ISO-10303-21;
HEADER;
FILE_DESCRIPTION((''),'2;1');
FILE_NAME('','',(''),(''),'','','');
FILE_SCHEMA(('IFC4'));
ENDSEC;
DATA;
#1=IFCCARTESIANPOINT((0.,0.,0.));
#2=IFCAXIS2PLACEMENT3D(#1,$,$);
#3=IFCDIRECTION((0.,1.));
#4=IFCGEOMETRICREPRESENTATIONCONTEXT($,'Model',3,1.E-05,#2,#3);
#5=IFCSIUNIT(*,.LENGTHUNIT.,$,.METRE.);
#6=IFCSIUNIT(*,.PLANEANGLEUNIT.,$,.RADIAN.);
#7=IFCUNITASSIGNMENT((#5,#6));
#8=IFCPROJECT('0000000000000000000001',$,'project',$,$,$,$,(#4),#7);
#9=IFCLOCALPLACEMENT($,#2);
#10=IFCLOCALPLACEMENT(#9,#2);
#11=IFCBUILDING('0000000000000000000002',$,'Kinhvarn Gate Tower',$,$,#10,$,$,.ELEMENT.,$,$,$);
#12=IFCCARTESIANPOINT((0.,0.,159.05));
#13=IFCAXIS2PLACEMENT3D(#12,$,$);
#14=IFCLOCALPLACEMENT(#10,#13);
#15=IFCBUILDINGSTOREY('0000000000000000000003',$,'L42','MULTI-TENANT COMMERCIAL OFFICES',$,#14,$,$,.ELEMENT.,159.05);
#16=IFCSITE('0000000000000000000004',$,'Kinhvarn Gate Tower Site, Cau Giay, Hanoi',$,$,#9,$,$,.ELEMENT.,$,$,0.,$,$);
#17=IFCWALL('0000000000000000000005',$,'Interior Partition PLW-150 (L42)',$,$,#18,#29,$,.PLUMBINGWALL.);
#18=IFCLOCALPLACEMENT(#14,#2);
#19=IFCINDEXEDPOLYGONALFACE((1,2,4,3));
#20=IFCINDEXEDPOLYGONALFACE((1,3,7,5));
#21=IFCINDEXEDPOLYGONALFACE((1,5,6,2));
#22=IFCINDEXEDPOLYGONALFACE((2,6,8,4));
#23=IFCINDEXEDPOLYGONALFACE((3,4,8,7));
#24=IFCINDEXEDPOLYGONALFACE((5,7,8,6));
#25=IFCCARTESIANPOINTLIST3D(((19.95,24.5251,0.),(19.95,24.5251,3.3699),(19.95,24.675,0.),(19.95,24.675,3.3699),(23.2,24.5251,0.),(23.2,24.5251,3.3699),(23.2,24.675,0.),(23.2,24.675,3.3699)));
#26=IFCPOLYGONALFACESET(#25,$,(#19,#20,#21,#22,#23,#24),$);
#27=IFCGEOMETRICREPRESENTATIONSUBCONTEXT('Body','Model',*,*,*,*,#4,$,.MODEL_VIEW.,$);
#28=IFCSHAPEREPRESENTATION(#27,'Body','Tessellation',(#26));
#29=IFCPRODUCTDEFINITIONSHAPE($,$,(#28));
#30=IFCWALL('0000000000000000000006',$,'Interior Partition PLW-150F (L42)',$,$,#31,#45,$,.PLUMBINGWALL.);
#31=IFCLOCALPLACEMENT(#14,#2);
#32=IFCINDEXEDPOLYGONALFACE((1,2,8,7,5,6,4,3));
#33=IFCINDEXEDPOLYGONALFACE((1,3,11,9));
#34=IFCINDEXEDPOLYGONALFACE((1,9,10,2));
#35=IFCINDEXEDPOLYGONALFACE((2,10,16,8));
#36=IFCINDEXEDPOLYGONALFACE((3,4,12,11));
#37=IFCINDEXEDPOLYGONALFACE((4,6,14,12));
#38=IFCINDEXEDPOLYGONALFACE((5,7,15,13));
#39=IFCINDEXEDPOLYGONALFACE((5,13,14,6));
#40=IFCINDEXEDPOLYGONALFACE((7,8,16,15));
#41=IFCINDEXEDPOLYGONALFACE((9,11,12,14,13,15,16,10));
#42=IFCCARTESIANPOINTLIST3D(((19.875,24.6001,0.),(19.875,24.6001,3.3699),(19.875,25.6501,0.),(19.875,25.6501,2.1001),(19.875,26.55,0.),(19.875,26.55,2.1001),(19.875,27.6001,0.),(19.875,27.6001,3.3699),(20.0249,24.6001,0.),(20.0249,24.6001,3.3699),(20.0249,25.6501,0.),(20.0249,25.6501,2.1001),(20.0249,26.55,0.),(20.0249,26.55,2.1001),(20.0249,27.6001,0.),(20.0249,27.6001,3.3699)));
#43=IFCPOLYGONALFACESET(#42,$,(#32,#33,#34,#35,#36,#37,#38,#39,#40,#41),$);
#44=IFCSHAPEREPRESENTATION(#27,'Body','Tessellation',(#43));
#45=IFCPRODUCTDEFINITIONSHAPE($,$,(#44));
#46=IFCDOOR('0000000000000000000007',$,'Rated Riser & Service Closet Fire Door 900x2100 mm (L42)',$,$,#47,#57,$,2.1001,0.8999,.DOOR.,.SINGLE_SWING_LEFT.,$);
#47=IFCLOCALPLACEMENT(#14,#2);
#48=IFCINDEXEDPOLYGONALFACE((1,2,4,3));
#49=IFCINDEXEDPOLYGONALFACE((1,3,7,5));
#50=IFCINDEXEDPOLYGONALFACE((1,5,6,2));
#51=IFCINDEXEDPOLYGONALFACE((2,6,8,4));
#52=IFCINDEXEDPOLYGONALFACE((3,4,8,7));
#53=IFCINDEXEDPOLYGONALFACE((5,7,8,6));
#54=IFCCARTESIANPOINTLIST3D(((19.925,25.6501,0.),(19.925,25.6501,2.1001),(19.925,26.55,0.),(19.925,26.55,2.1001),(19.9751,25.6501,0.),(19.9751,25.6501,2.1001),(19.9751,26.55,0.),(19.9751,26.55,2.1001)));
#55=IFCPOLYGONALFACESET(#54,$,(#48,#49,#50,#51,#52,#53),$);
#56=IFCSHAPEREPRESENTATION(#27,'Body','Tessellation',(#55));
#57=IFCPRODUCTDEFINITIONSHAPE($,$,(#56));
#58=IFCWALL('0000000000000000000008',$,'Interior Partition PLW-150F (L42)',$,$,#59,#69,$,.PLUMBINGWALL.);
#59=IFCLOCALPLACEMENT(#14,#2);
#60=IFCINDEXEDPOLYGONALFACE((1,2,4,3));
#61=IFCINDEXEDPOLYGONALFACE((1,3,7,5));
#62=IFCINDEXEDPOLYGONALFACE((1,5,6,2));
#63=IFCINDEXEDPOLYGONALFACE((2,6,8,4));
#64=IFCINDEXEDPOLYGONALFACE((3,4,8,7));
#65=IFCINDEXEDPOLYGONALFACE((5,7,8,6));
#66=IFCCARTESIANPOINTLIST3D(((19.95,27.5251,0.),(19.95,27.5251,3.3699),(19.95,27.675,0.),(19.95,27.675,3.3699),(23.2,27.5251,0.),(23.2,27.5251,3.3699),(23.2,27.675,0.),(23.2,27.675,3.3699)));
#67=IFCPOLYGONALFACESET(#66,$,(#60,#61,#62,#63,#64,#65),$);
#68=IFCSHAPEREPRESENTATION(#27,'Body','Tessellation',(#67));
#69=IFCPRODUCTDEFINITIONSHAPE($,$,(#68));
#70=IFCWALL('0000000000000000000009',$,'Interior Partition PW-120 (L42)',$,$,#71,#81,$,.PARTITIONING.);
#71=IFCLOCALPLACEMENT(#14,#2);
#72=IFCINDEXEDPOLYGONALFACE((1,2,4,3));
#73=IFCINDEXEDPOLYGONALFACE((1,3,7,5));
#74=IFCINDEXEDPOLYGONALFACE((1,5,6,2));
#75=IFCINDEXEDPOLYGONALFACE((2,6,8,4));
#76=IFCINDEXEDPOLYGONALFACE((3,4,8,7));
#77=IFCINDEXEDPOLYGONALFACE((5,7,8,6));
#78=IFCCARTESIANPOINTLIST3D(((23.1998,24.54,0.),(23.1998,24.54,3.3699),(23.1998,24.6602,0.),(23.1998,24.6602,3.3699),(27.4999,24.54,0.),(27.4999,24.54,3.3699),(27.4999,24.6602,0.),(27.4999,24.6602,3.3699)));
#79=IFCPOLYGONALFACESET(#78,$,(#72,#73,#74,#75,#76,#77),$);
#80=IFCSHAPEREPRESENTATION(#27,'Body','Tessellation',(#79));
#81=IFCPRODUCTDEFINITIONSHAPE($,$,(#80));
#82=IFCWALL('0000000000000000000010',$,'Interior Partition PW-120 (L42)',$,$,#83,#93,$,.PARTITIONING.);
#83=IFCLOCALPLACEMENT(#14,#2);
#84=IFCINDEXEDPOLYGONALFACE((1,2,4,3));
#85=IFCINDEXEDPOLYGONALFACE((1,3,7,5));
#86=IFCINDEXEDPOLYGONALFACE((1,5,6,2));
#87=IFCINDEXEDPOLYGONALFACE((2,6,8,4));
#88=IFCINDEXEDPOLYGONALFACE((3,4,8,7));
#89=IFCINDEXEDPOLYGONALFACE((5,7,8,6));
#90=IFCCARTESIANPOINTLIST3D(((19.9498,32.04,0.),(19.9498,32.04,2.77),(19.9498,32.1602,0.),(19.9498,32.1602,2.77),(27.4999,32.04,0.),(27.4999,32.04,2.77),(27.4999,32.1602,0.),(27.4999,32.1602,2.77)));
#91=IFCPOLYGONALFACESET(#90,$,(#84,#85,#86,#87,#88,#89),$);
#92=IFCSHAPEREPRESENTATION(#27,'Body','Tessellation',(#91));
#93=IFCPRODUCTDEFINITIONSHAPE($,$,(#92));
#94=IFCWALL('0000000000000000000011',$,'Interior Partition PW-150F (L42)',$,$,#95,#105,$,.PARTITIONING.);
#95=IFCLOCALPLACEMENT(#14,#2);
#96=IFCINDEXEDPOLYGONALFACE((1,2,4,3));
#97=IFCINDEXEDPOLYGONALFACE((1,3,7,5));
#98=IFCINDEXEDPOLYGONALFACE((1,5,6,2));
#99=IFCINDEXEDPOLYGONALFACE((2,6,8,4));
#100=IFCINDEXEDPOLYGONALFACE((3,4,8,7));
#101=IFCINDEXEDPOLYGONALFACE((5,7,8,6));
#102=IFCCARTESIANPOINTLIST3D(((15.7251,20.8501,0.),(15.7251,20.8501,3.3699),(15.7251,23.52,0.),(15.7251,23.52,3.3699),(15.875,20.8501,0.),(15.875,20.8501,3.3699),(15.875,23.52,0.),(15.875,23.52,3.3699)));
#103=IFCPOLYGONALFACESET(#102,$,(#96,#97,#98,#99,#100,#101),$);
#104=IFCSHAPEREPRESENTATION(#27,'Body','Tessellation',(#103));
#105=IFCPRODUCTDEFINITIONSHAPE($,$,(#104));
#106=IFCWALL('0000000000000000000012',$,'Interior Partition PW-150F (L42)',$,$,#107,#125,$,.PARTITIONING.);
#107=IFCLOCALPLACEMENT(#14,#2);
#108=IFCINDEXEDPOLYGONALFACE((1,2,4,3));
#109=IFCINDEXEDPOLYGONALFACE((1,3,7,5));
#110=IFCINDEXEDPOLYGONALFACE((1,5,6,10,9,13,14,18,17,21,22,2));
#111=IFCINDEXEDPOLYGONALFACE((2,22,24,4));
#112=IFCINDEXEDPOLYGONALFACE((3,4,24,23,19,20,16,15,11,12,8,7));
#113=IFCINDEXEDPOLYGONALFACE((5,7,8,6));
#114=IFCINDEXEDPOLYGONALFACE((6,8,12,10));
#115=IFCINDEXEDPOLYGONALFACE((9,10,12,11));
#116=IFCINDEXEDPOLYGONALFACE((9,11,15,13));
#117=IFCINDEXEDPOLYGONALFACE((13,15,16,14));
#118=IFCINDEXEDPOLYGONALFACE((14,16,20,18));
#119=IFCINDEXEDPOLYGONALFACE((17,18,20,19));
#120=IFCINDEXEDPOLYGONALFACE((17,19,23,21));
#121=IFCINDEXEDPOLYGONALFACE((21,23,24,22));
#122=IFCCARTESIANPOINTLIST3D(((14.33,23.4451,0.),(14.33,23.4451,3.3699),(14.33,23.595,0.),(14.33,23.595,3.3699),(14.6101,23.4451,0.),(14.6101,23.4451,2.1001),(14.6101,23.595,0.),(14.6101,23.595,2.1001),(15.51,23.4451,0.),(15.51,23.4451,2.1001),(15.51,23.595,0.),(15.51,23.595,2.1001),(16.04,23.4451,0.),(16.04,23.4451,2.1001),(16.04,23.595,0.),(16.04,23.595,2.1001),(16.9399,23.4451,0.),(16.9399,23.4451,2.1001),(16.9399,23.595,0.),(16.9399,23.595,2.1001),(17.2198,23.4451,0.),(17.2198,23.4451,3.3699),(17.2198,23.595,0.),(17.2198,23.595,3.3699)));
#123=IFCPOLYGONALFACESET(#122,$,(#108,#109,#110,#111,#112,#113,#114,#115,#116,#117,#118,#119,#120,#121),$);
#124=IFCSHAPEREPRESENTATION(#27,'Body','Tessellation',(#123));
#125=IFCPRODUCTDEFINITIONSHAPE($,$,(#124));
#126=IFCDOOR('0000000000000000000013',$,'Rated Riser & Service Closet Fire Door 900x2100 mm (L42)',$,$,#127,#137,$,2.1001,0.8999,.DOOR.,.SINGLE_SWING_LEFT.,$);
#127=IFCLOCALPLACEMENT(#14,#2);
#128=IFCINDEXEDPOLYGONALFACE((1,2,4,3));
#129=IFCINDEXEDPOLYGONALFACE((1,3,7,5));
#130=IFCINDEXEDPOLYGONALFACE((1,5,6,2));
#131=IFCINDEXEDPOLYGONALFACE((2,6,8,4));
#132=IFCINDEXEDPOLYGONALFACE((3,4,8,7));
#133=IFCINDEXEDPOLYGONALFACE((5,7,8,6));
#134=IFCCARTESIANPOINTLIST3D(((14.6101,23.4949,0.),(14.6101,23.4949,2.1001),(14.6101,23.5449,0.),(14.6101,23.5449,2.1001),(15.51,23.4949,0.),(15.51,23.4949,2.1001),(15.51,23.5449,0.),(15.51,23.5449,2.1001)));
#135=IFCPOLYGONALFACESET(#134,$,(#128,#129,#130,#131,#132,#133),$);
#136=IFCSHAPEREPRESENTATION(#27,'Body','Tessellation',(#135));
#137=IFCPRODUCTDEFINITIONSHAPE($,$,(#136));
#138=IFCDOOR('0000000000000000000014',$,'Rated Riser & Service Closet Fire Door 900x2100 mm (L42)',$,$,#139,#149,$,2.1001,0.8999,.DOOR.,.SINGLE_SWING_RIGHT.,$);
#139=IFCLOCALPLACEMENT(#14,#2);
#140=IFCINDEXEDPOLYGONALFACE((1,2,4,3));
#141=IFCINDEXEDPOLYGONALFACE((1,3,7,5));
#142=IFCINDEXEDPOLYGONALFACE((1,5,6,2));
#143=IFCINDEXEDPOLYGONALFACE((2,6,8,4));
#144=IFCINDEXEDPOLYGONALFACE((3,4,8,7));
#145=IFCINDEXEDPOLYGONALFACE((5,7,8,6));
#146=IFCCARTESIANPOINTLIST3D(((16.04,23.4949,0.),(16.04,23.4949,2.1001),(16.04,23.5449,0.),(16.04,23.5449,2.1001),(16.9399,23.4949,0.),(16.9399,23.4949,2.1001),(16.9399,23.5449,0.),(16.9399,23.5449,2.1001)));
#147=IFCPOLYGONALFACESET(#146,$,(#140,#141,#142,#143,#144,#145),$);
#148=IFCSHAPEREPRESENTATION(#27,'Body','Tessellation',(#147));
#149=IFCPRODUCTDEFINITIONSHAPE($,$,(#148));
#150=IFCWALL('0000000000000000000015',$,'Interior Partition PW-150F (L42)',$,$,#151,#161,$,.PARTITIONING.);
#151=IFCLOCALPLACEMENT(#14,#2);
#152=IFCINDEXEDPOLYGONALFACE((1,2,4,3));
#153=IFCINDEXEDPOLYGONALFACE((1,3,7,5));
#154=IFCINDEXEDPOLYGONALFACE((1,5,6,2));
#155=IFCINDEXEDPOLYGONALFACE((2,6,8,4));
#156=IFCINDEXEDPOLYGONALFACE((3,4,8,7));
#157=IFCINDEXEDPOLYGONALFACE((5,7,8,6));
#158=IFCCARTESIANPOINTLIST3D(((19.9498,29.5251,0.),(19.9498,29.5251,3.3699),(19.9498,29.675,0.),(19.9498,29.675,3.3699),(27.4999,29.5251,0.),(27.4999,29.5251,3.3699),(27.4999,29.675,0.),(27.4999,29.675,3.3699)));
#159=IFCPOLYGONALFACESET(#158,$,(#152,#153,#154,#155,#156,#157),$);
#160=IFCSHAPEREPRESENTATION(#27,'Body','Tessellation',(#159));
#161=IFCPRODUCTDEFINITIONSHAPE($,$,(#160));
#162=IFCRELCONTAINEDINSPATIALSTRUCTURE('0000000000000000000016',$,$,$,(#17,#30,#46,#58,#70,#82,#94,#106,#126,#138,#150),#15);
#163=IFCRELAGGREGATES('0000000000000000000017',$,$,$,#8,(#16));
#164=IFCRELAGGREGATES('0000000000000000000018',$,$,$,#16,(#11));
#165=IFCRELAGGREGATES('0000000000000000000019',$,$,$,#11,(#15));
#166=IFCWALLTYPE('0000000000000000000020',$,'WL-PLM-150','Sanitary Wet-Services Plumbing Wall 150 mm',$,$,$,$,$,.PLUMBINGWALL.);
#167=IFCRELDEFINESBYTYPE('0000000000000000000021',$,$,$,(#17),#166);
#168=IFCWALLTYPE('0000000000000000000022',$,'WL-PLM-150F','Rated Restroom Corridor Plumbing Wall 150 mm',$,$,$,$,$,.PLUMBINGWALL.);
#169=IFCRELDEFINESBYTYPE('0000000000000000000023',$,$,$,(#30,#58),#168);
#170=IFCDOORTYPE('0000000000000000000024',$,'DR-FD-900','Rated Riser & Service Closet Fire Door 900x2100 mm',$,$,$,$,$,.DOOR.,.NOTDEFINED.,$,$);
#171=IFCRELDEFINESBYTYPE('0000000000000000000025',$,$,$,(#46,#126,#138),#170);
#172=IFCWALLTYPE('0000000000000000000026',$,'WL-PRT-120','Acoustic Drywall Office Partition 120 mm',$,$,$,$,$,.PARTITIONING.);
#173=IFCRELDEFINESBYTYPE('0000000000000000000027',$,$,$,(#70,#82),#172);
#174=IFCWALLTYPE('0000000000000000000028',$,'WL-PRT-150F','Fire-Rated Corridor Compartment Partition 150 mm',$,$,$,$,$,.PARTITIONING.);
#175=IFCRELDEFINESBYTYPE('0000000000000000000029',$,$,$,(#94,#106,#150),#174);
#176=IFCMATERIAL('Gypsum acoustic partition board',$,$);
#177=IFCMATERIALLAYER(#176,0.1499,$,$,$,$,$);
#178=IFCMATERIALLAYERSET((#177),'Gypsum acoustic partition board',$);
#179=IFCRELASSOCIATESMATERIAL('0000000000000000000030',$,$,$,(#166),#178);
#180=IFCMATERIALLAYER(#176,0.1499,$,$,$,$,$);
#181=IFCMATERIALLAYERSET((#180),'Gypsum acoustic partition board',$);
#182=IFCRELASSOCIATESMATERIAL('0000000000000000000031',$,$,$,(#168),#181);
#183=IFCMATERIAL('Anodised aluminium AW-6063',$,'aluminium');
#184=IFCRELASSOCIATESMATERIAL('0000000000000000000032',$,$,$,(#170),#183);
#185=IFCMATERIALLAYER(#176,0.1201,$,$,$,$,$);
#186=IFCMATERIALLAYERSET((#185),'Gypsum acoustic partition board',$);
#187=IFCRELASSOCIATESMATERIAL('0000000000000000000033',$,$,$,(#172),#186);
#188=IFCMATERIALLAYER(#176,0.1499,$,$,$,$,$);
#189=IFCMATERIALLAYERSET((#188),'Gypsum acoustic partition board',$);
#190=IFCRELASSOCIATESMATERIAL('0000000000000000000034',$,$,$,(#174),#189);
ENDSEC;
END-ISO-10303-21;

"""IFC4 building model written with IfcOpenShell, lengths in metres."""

from ifc_helpers import new_model, si_unit, direction, frame, frame_2d, origin, place, context, subcontext, project, spatial, rectangle, extrude, material, layer, layer_set, type_object, element, fill, save


model = new_model("IFC4")

# Units and contexts
model_context = context("Model", 3, precision=1e-05, world=origin(), true_north=direction((0.0, 1.0)))
body_context = subcontext(model_context, "Body", "Model", "MODEL_VIEW")
ifc_project = project(units=[si_unit("LENGTHUNIT", "METRE"), si_unit("PLANEANGLEUNIT", "RADIAN")], contexts=[model_context])

# Site, building, storey
site_placement = place(None, origin())
site = spatial("IfcSite", under=ifc_project, at=site_placement, Name="Kinhvarn Gate Tower Site, Cau Giay, Hanoi", CompositionType="ELEMENT", RefElevation=0.0)
building_placement = place(site_placement, origin())
building = spatial("IfcBuilding", under=site, at=building_placement, Name="Kinhvarn Gate Tower", CompositionType="ELEMENT")
storey_placement = place(building_placement, frame((0.0, 0.0, 159.05)))
storey = spatial("IfcBuildingStorey", under=building, at=storey_placement, Name="L42", Description="MULTI-TENANT COMMERCIAL OFFICES", CompositionType="ELEMENT", Elevation=159.05)

# Shared definitions
ifc_material_1 = material(Name="Anodised aluminium AW-6063", Category="aluminium")

# Wall
ifc_material_2 = material(Name="Gypsum acoustic partition board")
ifc_layer_1 = layer(ifc_material_2, 0.1499)
ifc_layer_set_1 = layer_set([ifc_layer_1], Name="Gypsum acoustic partition board")
wall_type_1 = type_object("IfcWallType", Name="WL-PLM-150", Description="Sanitary Wet-Services Plumbing Wall 150 mm", PredefinedType="PLUMBINGWALL", material=ifc_layer_set_1)
wall_1_placement = place(storey_placement, frame((19.95, 24.6001, 0.0), z_axis=(0.0, 0.0, 1.0), x_axis=(1.0, 0.0, 0.0)))
element("IfcWall", 1, at=wall_1_placement, inside=storey, type_object=wall_type_1, Name="Interior Partition PLW-150 (L42)", PredefinedType="PLUMBINGWALL", context=body_context, shape_type="SweptSolid", body=[
    extrude(rectangle(XDim=3.25, YDim=0.1499, at=frame_2d((1.625, 0.0))), origin(), (0.0, 0.0, 1.0), 3.3699),
])

# Wall, opening, door
ifc_layer_2 = layer(ifc_material_2, 0.1499)
ifc_layer_set_2 = layer_set([ifc_layer_2], Name="Gypsum acoustic partition board")
wall_type_2 = type_object("IfcWallType", Name="WL-PLM-150F", Description="Rated Restroom Corridor Plumbing Wall 150 mm", PredefinedType="PLUMBINGWALL", material=ifc_layer_set_2)
wall_2_placement = place(storey_placement, frame((19.95, 24.6001, 0.0), z_axis=(0.0, 0.0, 1.0), x_axis=(0.0, 1.0, 0.0)))
wall_2 = element("IfcWall", 2, at=wall_2_placement, inside=storey, type_object=wall_type_2, Name="Interior Partition PLW-150F (L42)", PredefinedType="PLUMBINGWALL", context=body_context, shape_type="SweptSolid", body=[
    extrude(rectangle(XDim=3.0, YDim=0.1499, at=frame_2d((1.5, 0.0))), origin(), (0.0, 0.0, 1.0), 3.3699),
])
opening_1_placement = place(wall_2_placement, frame((1.05, 0.0, 0.0)))
opening_1 = element("IfcOpeningElement", 3, at=opening_1_placement, cuts=wall_2, PredefinedType="OPENING", context=body_context, shape_type="SweptSolid", body=[
    extrude(rectangle(XDim=0.8999, YDim=2.1001, at=frame_2d((0.45, 1.05))), frame((0.0, 0.085, 0.0), z_axis=(0.0, -1.0, 0.0), x_axis=(1.0, 0.0, 0.0)), (0.0, 0.0, 1.0), 0.1699),
])
door_type_1 = type_object("IfcDoorType", Name="DR-FD-900", Description="Rated Riser & Service Closet Fire Door 900x2100 mm", OperationType="NOTDEFINED", PredefinedType="DOOR", material=ifc_material_1)
door_1_placement = place(opening_1_placement, origin())
door_1 = element("IfcDoor", 4, at=door_1_placement, inside=storey, type_object=door_type_1, Name="Rated Riser & Service Closet Fire Door 900x2100 mm (L42)", OperationType="SINGLE_SWING_LEFT", OverallHeight=2.1001, OverallWidth=0.8999, PredefinedType="DOOR", context=body_context, shape_type="SweptSolid", body=[
    extrude(rectangle(XDim=0.8999, YDim=2.1001, at=frame_2d((0.45, 1.05))), frame((0.0, 0.0249, 0.0), z_axis=(0.0, -1.0, 0.0), x_axis=(1.0, 0.0, 0.0)), (0.0, 0.0, 1.0), 0.05),
])
fill(opening_1, door_1)

# Walls
wall_3_placement = place(storey_placement, frame((19.95, 27.6001, 0.0), z_axis=(0.0, 0.0, 1.0), x_axis=(1.0, 0.0, 0.0)))
element("IfcWall", 5, at=wall_3_placement, inside=storey, type_object=wall_type_2, Name="Interior Partition PLW-150F (L42)", PredefinedType="PLUMBINGWALL", context=body_context, shape_type="SweptSolid", body=[
    extrude(rectangle(XDim=3.25, YDim=0.1499, at=frame_2d((1.625, 0.0))), origin(), (0.0, 0.0, 1.0), 3.3699),
])
ifc_layer_3 = layer(ifc_material_2, 0.1201)
ifc_layer_set_3 = layer_set([ifc_layer_3], Name="Gypsum acoustic partition board")
wall_type_3 = type_object("IfcWallType", Name="WL-PRT-120", Description="Acoustic Drywall Office Partition 120 mm", PredefinedType="PARTITIONING", material=ifc_layer_set_3)
wall_4_placement = place(storey_placement, frame((23.2, 24.6001, 0.0), z_axis=(0.0, 0.0, 1.0), x_axis=(1.0, 0.0, 0.0)))
element("IfcWall", 6, at=wall_4_placement, inside=storey, type_object=wall_type_3, Name="Interior Partition PW-120 (L42)", PredefinedType="PARTITIONING", context=body_context, shape_type="SweptSolid", body=[
    extrude(rectangle(XDim=4.3, YDim=0.1201, at=frame_2d((2.1499, 0.0))), origin(), (0.0, 0.0, 1.0), 3.3699),
])
wall_5_placement = place(storey_placement, frame((19.95, 32.1001, 0.0), z_axis=(0.0, 0.0, 1.0), x_axis=(1.0, 0.0, 0.0)))
element("IfcWall", 7, at=wall_5_placement, inside=storey, type_object=wall_type_3, Name="Interior Partition PW-120 (L42)", PredefinedType="PARTITIONING", context=body_context, shape_type="SweptSolid", body=[
    extrude(rectangle(XDim=7.55, YDim=0.1201, at=frame_2d((3.7749, 0.0))), origin(), (0.0, 0.0, 1.0), 2.77),
])
ifc_layer_4 = layer(ifc_material_2, 0.1499)
ifc_layer_set_4 = layer_set([ifc_layer_4], Name="Gypsum acoustic partition board")
wall_type_4 = type_object("IfcWallType", Name="WL-PRT-150F", Description="Fire-Rated Corridor Compartment Partition 150 mm", PredefinedType="PARTITIONING", material=ifc_layer_set_4)
wall_6_placement = place(storey_placement, frame((15.8, 20.8501, 0.0), z_axis=(0.0, 0.0, 1.0), x_axis=(0.0, 1.0, 0.0)))
element("IfcWall", 8, at=wall_6_placement, inside=storey, type_object=wall_type_4, Name="Interior Partition PW-150F (L42)", PredefinedType="PARTITIONING", context=body_context, shape_type="SweptSolid", body=[
    extrude(rectangle(XDim=2.6699, YDim=0.1499, at=frame_2d((1.335, 0.0))), origin(), (0.0, 0.0, 1.0), 3.3699),
])

# Wall, openings, doors
wall_7_placement = place(storey_placement, frame((14.3301, 23.52, 0.0), z_axis=(0.0, 0.0, 1.0), x_axis=(1.0, 0.0, 0.0)))
wall_7 = element("IfcWall", 9, at=wall_7_placement, inside=storey, type_object=wall_type_4, Name="Interior Partition PW-150F (L42)", PredefinedType="PARTITIONING", context=body_context, shape_type="SweptSolid", body=[
    extrude(rectangle(XDim=2.8899, YDim=0.1499, at=frame_2d((1.4448, 0.0))), origin(), (0.0, 0.0, 1.0), 3.3699),
])
opening_2_placement = place(wall_7_placement, frame((0.28, 0.0, 0.0)))
opening_2 = element("IfcOpeningElement", 10, at=opening_2_placement, cuts=wall_7, PredefinedType="OPENING", context=body_context, shape_type="SweptSolid", body=[
    extrude(rectangle(XDim=0.8999, YDim=2.1001, at=frame_2d((0.45, 1.05))), frame((0.0, 0.085, 0.0), z_axis=(0.0, -1.0, 0.0), x_axis=(1.0, 0.0, 0.0)), (0.0, 0.0, 1.0), 0.1699),
])
opening_3_placement = place(wall_7_placement, frame((1.71, 0.0, 0.0)))
opening_3 = element("IfcOpeningElement", 11, at=opening_3_placement, cuts=wall_7, PredefinedType="OPENING", context=body_context, shape_type="SweptSolid", body=[
    extrude(rectangle(XDim=0.8999, YDim=2.1001, at=frame_2d((0.45, 1.05))), frame((0.0, 0.085, 0.0), z_axis=(0.0, -1.0, 0.0), x_axis=(1.0, 0.0, 0.0)), (0.0, 0.0, 1.0), 0.1699),
])
door_2_placement = place(opening_2_placement, origin())
door_2 = element("IfcDoor", 12, at=door_2_placement, inside=storey, type_object=door_type_1, Name="Rated Riser & Service Closet Fire Door 900x2100 mm (L42)", OperationType="SINGLE_SWING_LEFT", OverallHeight=2.1001, OverallWidth=0.8999, PredefinedType="DOOR", context=body_context, shape_type="SweptSolid", body=[
    extrude(rectangle(XDim=0.8999, YDim=2.1001, at=frame_2d((0.45, 1.05))), frame((0.0, 0.0249, 0.0), z_axis=(0.0, -1.0, 0.0), x_axis=(1.0, 0.0, 0.0)), (0.0, 0.0, 1.0), 0.05),
])
fill(opening_2, door_2)
door_3_placement = place(opening_3_placement, origin())
door_3 = element("IfcDoor", 13, at=door_3_placement, inside=storey, type_object=door_type_1, Name="Rated Riser & Service Closet Fire Door 900x2100 mm (L42)", OperationType="SINGLE_SWING_RIGHT", OverallHeight=2.1001, OverallWidth=0.8999, PredefinedType="DOOR", context=body_context, shape_type="SweptSolid", body=[
    extrude(rectangle(XDim=0.8999, YDim=2.1001, at=frame_2d((0.45, 1.05))), frame((0.0, 0.0249, 0.0), z_axis=(0.0, -1.0, 0.0), x_axis=(1.0, 0.0, 0.0)), (0.0, 0.0, 1.0), 0.05),
])
fill(opening_3, door_3)

# Wall
wall_8_placement = place(storey_placement, frame((19.95, 29.6001, 0.0), z_axis=(0.0, 0.0, 1.0), x_axis=(1.0, 0.0, 0.0)))
element("IfcWall", 14, at=wall_8_placement, inside=storey, type_object=wall_type_4, Name="Interior Partition PW-150F (L42)", PredefinedType="PARTITIONING", context=body_context, shape_type="SweptSolid", body=[
    extrude(rectangle(XDim=7.55, YDim=0.1499, at=frame_2d((3.7749, 0.0))), origin(), (0.0, 0.0, 1.0), 3.3699),
])

save(model, "model.ifc")
